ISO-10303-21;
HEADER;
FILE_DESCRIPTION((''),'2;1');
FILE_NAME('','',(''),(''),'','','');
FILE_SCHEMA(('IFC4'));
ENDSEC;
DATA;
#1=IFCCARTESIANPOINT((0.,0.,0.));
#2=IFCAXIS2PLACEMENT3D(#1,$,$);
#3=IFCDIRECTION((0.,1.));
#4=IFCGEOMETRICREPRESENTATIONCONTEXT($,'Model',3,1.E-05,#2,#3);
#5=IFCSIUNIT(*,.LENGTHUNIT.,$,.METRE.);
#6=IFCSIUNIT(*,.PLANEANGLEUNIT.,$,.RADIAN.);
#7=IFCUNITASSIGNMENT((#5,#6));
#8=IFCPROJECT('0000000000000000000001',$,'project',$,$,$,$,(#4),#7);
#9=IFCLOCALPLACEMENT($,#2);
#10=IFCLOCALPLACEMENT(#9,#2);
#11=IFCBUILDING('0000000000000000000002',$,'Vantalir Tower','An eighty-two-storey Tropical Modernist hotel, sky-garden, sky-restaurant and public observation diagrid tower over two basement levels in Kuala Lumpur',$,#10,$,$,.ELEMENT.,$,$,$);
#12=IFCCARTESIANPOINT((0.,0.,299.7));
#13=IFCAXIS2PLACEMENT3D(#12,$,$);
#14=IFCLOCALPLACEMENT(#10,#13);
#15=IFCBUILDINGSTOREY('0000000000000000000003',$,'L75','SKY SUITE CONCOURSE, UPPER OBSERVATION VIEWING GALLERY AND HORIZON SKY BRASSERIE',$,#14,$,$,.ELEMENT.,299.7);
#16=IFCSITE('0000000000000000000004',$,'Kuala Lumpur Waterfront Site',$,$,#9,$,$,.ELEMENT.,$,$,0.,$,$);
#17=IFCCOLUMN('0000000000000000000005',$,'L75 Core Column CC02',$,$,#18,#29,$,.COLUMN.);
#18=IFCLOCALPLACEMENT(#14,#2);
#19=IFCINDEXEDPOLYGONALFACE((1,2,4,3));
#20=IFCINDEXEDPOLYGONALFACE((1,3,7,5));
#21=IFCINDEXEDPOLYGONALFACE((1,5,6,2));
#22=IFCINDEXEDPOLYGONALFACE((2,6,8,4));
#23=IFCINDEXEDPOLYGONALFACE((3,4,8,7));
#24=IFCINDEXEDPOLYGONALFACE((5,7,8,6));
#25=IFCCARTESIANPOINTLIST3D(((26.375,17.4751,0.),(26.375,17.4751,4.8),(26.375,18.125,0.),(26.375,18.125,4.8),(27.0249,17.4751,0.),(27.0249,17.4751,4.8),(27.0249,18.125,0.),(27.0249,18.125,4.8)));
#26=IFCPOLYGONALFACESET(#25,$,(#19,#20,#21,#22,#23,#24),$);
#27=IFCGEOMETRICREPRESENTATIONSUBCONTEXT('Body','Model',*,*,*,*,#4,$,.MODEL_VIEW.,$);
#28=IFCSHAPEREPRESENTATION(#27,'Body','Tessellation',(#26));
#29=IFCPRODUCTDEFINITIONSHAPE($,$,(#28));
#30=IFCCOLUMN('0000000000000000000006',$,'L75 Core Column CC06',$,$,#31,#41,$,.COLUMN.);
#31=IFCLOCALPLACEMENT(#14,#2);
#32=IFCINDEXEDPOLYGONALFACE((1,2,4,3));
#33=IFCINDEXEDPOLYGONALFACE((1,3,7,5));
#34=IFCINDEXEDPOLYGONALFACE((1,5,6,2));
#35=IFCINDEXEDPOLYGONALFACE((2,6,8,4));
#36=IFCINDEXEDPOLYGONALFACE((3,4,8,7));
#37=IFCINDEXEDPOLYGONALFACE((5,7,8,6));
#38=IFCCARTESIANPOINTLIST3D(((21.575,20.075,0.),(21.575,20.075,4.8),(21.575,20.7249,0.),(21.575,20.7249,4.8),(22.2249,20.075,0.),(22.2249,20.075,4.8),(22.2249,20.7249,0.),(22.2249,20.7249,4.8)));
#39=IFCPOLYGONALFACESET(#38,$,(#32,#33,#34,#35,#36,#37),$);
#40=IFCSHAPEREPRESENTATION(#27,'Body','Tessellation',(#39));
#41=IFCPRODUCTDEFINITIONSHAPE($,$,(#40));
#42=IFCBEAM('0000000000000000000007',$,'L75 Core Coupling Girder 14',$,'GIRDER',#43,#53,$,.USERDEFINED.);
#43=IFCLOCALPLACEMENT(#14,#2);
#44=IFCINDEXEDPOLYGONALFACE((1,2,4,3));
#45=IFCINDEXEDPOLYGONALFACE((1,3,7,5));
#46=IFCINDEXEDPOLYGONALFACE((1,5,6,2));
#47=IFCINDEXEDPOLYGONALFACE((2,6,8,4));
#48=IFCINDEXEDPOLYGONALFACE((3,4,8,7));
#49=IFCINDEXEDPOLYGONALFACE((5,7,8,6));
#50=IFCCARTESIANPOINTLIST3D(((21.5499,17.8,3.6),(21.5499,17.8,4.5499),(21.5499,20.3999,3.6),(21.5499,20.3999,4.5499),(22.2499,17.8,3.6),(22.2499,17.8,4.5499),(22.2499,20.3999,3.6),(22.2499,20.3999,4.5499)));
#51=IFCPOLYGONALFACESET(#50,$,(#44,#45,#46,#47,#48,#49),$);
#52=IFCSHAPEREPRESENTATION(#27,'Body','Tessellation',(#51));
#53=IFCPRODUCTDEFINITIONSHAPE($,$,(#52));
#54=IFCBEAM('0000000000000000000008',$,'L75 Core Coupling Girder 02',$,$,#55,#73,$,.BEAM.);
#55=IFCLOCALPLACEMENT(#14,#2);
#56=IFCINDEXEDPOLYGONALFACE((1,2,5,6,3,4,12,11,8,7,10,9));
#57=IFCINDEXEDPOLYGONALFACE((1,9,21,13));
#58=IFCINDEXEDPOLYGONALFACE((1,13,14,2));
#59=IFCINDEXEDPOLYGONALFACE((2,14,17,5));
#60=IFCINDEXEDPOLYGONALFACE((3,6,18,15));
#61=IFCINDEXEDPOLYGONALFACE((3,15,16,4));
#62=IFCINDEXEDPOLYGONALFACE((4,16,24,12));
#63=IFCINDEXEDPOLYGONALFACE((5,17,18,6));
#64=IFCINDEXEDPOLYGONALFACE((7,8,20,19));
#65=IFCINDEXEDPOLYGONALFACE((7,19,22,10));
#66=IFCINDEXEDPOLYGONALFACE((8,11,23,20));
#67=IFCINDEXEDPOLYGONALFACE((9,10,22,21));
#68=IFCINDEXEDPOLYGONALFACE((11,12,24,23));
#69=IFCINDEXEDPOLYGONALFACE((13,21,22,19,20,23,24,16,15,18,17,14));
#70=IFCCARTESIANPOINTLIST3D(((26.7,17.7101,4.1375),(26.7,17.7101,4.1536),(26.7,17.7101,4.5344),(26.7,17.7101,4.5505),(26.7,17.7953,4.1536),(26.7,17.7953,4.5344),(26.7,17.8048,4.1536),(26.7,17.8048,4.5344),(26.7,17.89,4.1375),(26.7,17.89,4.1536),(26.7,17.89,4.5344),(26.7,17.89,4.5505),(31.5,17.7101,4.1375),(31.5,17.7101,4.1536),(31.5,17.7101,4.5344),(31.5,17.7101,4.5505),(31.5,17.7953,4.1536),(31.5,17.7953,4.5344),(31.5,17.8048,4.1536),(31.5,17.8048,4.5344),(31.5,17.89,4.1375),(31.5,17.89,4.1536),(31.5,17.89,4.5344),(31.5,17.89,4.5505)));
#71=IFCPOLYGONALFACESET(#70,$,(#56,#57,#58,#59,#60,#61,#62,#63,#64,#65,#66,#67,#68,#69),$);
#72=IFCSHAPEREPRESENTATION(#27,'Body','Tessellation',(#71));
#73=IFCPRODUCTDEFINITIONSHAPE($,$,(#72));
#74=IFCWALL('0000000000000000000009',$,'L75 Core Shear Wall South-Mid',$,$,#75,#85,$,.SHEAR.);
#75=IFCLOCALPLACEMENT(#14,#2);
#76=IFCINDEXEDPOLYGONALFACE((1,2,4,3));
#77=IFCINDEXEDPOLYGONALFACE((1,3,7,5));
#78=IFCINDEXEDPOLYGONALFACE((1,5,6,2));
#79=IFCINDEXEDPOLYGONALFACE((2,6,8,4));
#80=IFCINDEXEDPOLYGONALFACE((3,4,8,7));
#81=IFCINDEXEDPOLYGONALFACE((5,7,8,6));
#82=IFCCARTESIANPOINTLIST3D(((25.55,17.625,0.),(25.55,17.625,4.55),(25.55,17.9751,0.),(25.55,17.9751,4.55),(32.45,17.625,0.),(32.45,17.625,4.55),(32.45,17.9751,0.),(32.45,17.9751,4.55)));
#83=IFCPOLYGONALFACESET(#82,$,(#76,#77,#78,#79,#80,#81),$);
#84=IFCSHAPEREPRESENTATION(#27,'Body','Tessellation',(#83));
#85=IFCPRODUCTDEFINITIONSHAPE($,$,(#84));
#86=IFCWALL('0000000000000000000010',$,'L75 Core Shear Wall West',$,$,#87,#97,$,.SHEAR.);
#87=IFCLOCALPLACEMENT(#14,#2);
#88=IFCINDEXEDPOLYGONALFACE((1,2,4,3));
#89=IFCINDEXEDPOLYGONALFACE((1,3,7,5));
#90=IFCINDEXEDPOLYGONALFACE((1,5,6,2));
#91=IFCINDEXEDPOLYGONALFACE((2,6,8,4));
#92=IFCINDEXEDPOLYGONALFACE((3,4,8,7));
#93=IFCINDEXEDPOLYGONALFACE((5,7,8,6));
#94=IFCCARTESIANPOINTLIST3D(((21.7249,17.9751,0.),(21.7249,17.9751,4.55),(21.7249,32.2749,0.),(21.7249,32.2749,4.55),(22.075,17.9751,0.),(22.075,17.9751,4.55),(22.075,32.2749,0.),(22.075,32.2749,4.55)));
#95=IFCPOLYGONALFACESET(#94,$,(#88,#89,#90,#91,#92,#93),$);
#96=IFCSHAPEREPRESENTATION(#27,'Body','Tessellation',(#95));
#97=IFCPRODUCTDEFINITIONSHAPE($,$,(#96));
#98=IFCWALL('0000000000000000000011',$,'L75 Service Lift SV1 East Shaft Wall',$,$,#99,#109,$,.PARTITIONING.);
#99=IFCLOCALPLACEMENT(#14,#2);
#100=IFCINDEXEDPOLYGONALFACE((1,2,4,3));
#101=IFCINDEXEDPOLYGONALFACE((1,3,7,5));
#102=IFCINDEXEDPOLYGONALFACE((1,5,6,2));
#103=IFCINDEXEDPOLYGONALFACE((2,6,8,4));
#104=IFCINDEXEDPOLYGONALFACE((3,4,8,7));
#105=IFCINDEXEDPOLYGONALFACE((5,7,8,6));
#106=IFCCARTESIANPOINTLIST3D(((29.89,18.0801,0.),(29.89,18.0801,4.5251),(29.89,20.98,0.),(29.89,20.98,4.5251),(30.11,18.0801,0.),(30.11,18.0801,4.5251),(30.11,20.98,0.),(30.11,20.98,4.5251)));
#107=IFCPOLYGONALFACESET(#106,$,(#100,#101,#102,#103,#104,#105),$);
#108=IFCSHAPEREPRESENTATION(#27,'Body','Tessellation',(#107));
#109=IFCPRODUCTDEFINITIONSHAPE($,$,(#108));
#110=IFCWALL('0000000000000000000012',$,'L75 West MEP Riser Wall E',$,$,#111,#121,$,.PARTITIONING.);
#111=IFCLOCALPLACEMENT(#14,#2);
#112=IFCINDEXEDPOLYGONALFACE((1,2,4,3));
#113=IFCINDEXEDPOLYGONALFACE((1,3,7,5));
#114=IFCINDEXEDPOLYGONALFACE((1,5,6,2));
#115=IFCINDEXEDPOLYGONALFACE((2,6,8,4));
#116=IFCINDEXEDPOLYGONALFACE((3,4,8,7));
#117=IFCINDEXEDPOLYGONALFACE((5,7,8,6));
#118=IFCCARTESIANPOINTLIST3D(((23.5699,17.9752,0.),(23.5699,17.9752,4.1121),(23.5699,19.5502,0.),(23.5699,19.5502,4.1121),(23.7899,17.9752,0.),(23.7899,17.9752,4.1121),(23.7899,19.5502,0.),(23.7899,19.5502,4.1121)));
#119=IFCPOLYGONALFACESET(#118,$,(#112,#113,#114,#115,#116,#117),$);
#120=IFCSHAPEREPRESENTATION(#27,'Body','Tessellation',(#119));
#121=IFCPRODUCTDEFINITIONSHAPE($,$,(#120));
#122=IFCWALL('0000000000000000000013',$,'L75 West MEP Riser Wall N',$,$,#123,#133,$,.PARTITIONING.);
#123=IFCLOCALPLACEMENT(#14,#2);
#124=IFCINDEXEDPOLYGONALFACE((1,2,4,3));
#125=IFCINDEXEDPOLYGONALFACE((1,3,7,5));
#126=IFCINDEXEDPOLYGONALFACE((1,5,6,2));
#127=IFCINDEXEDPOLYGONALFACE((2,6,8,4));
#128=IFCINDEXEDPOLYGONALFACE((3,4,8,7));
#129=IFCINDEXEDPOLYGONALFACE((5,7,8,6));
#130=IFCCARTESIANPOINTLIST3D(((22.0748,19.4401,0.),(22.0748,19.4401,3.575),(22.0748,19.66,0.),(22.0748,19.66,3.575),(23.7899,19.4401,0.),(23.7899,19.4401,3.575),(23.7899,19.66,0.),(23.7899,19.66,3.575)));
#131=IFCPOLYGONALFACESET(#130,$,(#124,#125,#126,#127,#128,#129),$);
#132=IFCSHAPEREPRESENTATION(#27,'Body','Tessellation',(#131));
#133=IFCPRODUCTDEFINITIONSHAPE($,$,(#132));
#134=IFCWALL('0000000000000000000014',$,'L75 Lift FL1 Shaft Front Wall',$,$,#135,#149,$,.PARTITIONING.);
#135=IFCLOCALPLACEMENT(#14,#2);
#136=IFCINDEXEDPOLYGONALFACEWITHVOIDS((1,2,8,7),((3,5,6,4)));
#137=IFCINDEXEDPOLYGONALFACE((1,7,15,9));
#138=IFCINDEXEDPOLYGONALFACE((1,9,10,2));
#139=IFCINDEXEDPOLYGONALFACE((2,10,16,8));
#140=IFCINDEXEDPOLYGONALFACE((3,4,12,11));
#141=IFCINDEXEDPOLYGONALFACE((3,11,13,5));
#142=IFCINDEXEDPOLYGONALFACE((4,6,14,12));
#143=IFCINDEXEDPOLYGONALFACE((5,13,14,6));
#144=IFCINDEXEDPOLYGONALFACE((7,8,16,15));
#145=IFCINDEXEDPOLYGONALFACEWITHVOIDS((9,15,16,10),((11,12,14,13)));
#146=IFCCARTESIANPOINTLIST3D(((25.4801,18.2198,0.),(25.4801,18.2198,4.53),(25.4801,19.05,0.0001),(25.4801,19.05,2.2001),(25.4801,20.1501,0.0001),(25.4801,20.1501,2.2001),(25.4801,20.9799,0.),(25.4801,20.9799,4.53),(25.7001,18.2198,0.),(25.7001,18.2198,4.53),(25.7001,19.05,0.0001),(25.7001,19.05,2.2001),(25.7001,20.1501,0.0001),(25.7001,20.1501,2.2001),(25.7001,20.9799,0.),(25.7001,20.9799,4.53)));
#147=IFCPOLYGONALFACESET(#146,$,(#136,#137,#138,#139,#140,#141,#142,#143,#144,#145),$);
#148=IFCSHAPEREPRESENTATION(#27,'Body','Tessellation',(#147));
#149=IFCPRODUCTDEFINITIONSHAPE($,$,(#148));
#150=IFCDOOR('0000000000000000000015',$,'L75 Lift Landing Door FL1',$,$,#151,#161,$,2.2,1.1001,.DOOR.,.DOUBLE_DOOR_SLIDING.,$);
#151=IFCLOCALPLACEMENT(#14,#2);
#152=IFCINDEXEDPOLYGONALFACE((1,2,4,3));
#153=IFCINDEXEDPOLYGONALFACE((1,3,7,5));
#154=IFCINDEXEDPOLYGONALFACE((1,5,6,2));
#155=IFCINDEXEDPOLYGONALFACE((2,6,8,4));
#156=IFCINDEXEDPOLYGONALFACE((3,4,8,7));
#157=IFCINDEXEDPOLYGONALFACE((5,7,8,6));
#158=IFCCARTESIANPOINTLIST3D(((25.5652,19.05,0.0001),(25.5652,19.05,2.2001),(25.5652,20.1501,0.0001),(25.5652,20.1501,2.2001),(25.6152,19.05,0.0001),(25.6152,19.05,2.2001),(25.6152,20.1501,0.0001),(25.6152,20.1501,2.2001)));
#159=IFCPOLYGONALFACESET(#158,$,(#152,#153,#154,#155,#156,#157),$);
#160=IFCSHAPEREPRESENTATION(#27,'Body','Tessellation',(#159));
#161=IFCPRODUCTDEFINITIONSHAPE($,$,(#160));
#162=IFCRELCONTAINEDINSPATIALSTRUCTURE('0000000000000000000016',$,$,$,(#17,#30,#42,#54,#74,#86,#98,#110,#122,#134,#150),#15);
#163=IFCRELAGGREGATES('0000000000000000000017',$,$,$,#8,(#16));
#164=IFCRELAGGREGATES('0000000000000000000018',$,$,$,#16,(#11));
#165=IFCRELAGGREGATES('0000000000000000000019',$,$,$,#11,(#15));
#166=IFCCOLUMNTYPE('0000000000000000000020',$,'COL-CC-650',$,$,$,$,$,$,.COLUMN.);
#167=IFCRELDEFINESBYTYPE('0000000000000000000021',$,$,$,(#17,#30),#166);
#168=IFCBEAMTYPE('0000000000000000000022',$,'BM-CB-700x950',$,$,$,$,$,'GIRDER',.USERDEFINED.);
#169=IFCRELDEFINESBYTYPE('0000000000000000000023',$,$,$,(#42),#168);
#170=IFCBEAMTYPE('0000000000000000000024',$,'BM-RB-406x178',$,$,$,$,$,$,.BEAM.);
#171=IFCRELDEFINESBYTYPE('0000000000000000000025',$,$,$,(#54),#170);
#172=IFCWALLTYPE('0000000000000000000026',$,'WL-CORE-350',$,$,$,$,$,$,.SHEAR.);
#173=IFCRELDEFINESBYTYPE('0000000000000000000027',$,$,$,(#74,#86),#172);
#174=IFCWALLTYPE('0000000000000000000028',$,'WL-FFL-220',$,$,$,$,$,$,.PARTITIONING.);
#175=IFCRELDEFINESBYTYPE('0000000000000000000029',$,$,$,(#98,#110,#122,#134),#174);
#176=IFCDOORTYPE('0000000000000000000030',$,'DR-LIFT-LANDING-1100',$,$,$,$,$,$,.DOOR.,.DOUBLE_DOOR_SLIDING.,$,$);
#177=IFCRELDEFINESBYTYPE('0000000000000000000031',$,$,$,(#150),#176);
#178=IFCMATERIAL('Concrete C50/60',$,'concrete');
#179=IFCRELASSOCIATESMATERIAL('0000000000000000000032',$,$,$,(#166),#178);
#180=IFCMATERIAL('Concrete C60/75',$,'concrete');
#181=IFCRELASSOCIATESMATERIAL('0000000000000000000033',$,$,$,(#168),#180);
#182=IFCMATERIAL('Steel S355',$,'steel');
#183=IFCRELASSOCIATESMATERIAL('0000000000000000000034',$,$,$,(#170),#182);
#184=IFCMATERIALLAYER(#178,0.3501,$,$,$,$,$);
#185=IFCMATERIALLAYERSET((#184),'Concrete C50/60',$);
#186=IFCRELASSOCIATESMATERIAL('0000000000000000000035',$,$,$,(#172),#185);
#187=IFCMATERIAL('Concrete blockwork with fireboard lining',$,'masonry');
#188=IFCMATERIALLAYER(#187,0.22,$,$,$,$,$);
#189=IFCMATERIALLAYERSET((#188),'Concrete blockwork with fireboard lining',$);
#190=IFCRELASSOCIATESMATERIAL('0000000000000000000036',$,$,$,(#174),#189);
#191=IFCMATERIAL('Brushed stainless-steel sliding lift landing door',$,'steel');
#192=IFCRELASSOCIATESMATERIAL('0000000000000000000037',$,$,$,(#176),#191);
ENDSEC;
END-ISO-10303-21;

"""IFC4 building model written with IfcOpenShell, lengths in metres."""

from ifc_helpers import new_model, si_unit, direction, frame, frame_2d, origin, origin_2d, place, context, subcontext, project, spatial, rectangle, i_section, extrude, material, layer, layer_set, material_profile, profile_set, type_object, element, fill, save


model = new_model("IFC4")

# Units and contexts
model_context = context("Model", 3, precision=1e-05, world=origin(), true_north=direction((0.0, 1.0)))
body_context = subcontext(model_context, "Body", "Model", "MODEL_VIEW")
ifc_project = project(units=[si_unit("LENGTHUNIT", "METRE"), si_unit("PLANEANGLEUNIT", "RADIAN")], contexts=[model_context])

# Site, building, storey
site_placement = place(None, origin())
site = spatial("IfcSite", under=ifc_project, at=site_placement, Name="Kuala Lumpur Waterfront Site", CompositionType="ELEMENT", RefElevation=0.0)
building_placement = place(site_placement, origin())
building = spatial("IfcBuilding", under=site, at=building_placement, Name="Vantalir Tower", Description="An eighty-two-storey Tropical Modernist hotel, sky-garden, sky-restaurant and public observation diagrid tower over two basement levels in Kuala Lumpur", CompositionType="ELEMENT")
storey_placement = place(building_placement, frame((0.0, 0.0, 299.7)))
storey = spatial("IfcBuildingStorey", under=building, at=storey_placement, Name="L75", Description="SKY SUITE CONCOURSE, UPPER OBSERVATION VIEWING GALLERY AND HORIZON SKY BRASSERIE", CompositionType="ELEMENT", Elevation=299.7)

# Columns
ifc_material_1 = material(Name="Concrete C50/60", Category="concrete")
ifc_material_profile_1 = material_profile(ifc_material_1, rectangle(XDim=0.6499, YDim=0.6499, at=origin_2d()), Name="Concrete C50/60")
ifc_profile_set_1 = profile_set([ifc_material_profile_1], Name="Concrete C50/60")
column_type = type_object("IfcColumnType", Name="COL-CC-650", PredefinedType="COLUMN", material=ifc_profile_set_1)
for number, where, z_axis, x_axis, name in (
    (1, (26.7, 17.8, 0.0), (0.0, 0.0, 1.0), (1.0, 0.0, 0.0), "L75 Core Column CC02"),
    (2, (21.8999, 20.3999, 0.0), (0.0, 0.0, 1.0), (1.0, 0.0, 0.0), "L75 Core Column CC06"),
):
    element("IfcColumn", number, at=place(storey_placement, frame(where, z_axis=z_axis, x_axis=x_axis)), inside=storey, type_object=column_type, Name=name, PredefinedType="COLUMN", context=body_context, shape_type="SweptSolid", body=[
        extrude(rectangle(XDim=0.6499, YDim=0.6499, at=origin_2d()), origin(), (0.0, 0.0, 1.0), 4.8),
    ])

# Beams
ifc_material_2 = material(Name="Concrete C60/75", Category="concrete")
ifc_material_profile_2 = material_profile(ifc_material_2, rectangle(XDim=0.7, YDim=0.95, at=origin_2d()), Name="Concrete C60/75")
ifc_profile_set_2 = profile_set([ifc_material_profile_2], Name="Concrete C60/75")
beam_type_1 = type_object("IfcBeamType", Name="BM-CB-700x950", ElementType="GIRDER", PredefinedType="USERDEFINED", material=ifc_profile_set_2)
beam_1_placement = place(storey_placement, frame((21.8999, 20.3999, 4.075), z_axis=(0.0, -1.0, 0.0), x_axis=(1.0, 0.0, 0.0)))
element("IfcBeam", 3, at=beam_1_placement, inside=storey, type_object=beam_type_1, Name="L75 Core Coupling Girder 14", ObjectType="GIRDER", PredefinedType="USERDEFINED", context=body_context, shape_type="SweptSolid", body=[
    extrude(rectangle(XDim=0.7, YDim=0.95, at=origin_2d()), origin(), (0.0, 0.0, 1.0), 2.5999),
])
ifc_material_3 = material(Name="Steel S355", Category="steel")
ifc_material_profile_3 = material_profile(ifc_material_3, i_section(OverallWidth=0.1799, OverallDepth=0.4131, WebThickness=0.0095, FlangeThickness=0.0161, at=origin_2d()), Name="Steel S355")
ifc_profile_set_3 = profile_set([ifc_material_profile_3], Name="Steel S355")
beam_type_2 = type_object("IfcBeamType", Name="BM-RB-406x178", PredefinedType="BEAM", material=ifc_profile_set_3)
beam_2_placement = place(storey_placement, frame((26.7, 17.8, 4.344), z_axis=(1.0, 0.0, 0.0), x_axis=(0.0, 1.0, 0.0)))
element("IfcBeam", 4, at=beam_2_placement, inside=storey, type_object=beam_type_2, Name="L75 Core Coupling Girder 02", PredefinedType="BEAM", context=body_context, shape_type="SweptSolid", body=[
    extrude(i_section(OverallWidth=0.1799, OverallDepth=0.4131, WebThickness=0.0095, FlangeThickness=0.0161, at=origin_2d()), origin(), (0.0, 0.0, 1.0), 4.8),
])

# Walls
ifc_layer_1 = layer(ifc_material_1, 0.3501)
ifc_layer_set_1 = layer_set([ifc_layer_1], Name="Concrete C50/60")
wall_type_1 = type_object("IfcWallType", Name="WL-CORE-350", PredefinedType="SHEAR", material=ifc_layer_set_1)
wall_1_placement = place(storey_placement, frame((25.55, 17.8, 0.0), z_axis=(0.0, 0.0, 1.0), x_axis=(1.0, 0.0, 0.0)))
element("IfcWall", 5, at=wall_1_placement, inside=storey, type_object=wall_type_1, Name="L75 Core Shear Wall South-Mid", PredefinedType="SHEAR", context=body_context, shape_type="SweptSolid", body=[
    extrude(rectangle(XDim=6.8999, YDim=0.3501, at=frame_2d((3.45, 0.0))), origin(), (0.0, 0.0, 1.0), 4.55),
])
wall_2_placement = place(storey_placement, frame((21.8999, 17.9751, 0.0), z_axis=(0.0, 0.0, 1.0), x_axis=(0.0, 1.0, 0.0)))
element("IfcWall", 6, at=wall_2_placement, inside=storey, type_object=wall_type_1, Name="L75 Core Shear Wall West", PredefinedType="SHEAR", context=body_context, shape_type="SweptSolid", body=[
    extrude(rectangle(XDim=14.2998, YDim=0.3501, at=frame_2d((7.1499, 0.0))), origin(), (0.0, 0.0, 1.0), 4.55),
])
ifc_material_4 = material(Name="Concrete blockwork with fireboard lining", Category="masonry")
ifc_layer_2 = layer(ifc_material_4, 0.22)
ifc_layer_set_2 = layer_set([ifc_layer_2], Name="Concrete blockwork with fireboard lining")
wall_type_2 = type_object("IfcWallType", Name="WL-FFL-220", PredefinedType="PARTITIONING", material=ifc_layer_set_2)
wall_3_placement = place(storey_placement, frame((30.0, 18.0801, 0.0), z_axis=(0.0, 0.0, 1.0), x_axis=(0.0, 1.0, 0.0)))
element("IfcWall", 7, at=wall_3_placement, inside=storey, type_object=wall_type_2, Name="L75 Service Lift SV1 East Shaft Wall", PredefinedType="PARTITIONING", context=body_context, shape_type="SweptSolid", body=[
    extrude(rectangle(XDim=2.8999, YDim=0.22, at=frame_2d((1.45, 0.0))), origin(), (0.0, 0.0, 1.0), 4.5251),
])
wall_4_placement = place(storey_placement, frame((23.6799, 17.9751, 0.0), z_axis=(0.0, 0.0, 1.0), x_axis=(0.0, 1.0, 0.0)))
element("IfcWall", 8, at=wall_4_placement, inside=storey, type_object=wall_type_2, Name="L75 West MEP Riser Wall E", PredefinedType="PARTITIONING", context=body_context, shape_type="SweptSolid", body=[
    extrude(rectangle(XDim=1.575, YDim=0.22, at=frame_2d((0.7876, 0.0))), origin(), (0.0, 0.0, 1.0), 4.1121),
])
wall_5_placement = place(storey_placement, frame((22.075, 19.55, 0.0), z_axis=(0.0, 0.0, 1.0), x_axis=(1.0, 0.0, 0.0)))
element("IfcWall", 9, at=wall_5_placement, inside=storey, type_object=wall_type_2, Name="L75 West MEP Riser Wall N", PredefinedType="PARTITIONING", context=body_context, shape_type="SweptSolid", body=[
    extrude(rectangle(XDim=1.7151, YDim=0.22, at=frame_2d((0.8574, 0.0))), origin(), (0.0, 0.0, 1.0), 3.575),
])

# Wall, opening, door
wall_6_placement = place(storey_placement, frame((25.5901, 18.22, 0.0), z_axis=(0.0, 0.0, 1.0), x_axis=(0.0, 1.0, 0.0)))
wall_6 = element("IfcWall", 10, at=wall_6_placement, inside=storey, type_object=wall_type_2, Name="L75 Lift FL1 Shaft Front Wall", PredefinedType="PARTITIONING", context=body_context, shape_type="SweptSolid", body=[
    extrude(rectangle(XDim=2.76, YDim=0.22, at=frame_2d((1.3799, 0.0))), origin(), (0.0, 0.0, 1.0), 4.53),
])
opening_1_placement = place(wall_6_placement, frame((0.8301, 0.0, 0.0)))
opening_1 = element("IfcOpeningElement", 11, at=opening_1_placement, cuts=wall_6, PredefinedType="OPENING", context=body_context, shape_type="SweptSolid", body=[
    extrude(rectangle(XDim=1.1001, YDim=2.2, at=frame_2d((0.55, 1.1001))), frame((0.0, 0.1199, 0.0), z_axis=(0.0, -1.0, 0.0), x_axis=(1.0, 0.0, 0.0)), (0.0, 0.0, 1.0), 0.24),
])
ifc_material_5 = material(Name="Brushed stainless-steel sliding lift landing door", Category="steel")
door_type_1 = type_object("IfcDoorType", Name="DR-LIFT-LANDING-1100", OperationType="DOUBLE_DOOR_SLIDING", PredefinedType="DOOR", material=ifc_material_5)
door_1_placement = place(opening_1_placement, origin())
door_1 = element("IfcDoor", 12, at=door_1_placement, inside=storey, type_object=door_type_1, Name="L75 Lift Landing Door FL1", OperationType="DOUBLE_DOOR_SLIDING", OverallHeight=2.2, OverallWidth=1.1001, PredefinedType="DOOR", context=body_context, shape_type="SweptSolid", body=[
    extrude(rectangle(XDim=1.1001, YDim=2.2, at=frame_2d((0.55, 1.1001))), frame((0.0, 0.0249, 0.0), z_axis=(0.0, -1.0, 0.0), x_axis=(1.0, 0.0, 0.0)), (0.0, 0.0, 1.0), 0.05),
])
fill(opening_1, door_1)

save(model, "model.ifc")
